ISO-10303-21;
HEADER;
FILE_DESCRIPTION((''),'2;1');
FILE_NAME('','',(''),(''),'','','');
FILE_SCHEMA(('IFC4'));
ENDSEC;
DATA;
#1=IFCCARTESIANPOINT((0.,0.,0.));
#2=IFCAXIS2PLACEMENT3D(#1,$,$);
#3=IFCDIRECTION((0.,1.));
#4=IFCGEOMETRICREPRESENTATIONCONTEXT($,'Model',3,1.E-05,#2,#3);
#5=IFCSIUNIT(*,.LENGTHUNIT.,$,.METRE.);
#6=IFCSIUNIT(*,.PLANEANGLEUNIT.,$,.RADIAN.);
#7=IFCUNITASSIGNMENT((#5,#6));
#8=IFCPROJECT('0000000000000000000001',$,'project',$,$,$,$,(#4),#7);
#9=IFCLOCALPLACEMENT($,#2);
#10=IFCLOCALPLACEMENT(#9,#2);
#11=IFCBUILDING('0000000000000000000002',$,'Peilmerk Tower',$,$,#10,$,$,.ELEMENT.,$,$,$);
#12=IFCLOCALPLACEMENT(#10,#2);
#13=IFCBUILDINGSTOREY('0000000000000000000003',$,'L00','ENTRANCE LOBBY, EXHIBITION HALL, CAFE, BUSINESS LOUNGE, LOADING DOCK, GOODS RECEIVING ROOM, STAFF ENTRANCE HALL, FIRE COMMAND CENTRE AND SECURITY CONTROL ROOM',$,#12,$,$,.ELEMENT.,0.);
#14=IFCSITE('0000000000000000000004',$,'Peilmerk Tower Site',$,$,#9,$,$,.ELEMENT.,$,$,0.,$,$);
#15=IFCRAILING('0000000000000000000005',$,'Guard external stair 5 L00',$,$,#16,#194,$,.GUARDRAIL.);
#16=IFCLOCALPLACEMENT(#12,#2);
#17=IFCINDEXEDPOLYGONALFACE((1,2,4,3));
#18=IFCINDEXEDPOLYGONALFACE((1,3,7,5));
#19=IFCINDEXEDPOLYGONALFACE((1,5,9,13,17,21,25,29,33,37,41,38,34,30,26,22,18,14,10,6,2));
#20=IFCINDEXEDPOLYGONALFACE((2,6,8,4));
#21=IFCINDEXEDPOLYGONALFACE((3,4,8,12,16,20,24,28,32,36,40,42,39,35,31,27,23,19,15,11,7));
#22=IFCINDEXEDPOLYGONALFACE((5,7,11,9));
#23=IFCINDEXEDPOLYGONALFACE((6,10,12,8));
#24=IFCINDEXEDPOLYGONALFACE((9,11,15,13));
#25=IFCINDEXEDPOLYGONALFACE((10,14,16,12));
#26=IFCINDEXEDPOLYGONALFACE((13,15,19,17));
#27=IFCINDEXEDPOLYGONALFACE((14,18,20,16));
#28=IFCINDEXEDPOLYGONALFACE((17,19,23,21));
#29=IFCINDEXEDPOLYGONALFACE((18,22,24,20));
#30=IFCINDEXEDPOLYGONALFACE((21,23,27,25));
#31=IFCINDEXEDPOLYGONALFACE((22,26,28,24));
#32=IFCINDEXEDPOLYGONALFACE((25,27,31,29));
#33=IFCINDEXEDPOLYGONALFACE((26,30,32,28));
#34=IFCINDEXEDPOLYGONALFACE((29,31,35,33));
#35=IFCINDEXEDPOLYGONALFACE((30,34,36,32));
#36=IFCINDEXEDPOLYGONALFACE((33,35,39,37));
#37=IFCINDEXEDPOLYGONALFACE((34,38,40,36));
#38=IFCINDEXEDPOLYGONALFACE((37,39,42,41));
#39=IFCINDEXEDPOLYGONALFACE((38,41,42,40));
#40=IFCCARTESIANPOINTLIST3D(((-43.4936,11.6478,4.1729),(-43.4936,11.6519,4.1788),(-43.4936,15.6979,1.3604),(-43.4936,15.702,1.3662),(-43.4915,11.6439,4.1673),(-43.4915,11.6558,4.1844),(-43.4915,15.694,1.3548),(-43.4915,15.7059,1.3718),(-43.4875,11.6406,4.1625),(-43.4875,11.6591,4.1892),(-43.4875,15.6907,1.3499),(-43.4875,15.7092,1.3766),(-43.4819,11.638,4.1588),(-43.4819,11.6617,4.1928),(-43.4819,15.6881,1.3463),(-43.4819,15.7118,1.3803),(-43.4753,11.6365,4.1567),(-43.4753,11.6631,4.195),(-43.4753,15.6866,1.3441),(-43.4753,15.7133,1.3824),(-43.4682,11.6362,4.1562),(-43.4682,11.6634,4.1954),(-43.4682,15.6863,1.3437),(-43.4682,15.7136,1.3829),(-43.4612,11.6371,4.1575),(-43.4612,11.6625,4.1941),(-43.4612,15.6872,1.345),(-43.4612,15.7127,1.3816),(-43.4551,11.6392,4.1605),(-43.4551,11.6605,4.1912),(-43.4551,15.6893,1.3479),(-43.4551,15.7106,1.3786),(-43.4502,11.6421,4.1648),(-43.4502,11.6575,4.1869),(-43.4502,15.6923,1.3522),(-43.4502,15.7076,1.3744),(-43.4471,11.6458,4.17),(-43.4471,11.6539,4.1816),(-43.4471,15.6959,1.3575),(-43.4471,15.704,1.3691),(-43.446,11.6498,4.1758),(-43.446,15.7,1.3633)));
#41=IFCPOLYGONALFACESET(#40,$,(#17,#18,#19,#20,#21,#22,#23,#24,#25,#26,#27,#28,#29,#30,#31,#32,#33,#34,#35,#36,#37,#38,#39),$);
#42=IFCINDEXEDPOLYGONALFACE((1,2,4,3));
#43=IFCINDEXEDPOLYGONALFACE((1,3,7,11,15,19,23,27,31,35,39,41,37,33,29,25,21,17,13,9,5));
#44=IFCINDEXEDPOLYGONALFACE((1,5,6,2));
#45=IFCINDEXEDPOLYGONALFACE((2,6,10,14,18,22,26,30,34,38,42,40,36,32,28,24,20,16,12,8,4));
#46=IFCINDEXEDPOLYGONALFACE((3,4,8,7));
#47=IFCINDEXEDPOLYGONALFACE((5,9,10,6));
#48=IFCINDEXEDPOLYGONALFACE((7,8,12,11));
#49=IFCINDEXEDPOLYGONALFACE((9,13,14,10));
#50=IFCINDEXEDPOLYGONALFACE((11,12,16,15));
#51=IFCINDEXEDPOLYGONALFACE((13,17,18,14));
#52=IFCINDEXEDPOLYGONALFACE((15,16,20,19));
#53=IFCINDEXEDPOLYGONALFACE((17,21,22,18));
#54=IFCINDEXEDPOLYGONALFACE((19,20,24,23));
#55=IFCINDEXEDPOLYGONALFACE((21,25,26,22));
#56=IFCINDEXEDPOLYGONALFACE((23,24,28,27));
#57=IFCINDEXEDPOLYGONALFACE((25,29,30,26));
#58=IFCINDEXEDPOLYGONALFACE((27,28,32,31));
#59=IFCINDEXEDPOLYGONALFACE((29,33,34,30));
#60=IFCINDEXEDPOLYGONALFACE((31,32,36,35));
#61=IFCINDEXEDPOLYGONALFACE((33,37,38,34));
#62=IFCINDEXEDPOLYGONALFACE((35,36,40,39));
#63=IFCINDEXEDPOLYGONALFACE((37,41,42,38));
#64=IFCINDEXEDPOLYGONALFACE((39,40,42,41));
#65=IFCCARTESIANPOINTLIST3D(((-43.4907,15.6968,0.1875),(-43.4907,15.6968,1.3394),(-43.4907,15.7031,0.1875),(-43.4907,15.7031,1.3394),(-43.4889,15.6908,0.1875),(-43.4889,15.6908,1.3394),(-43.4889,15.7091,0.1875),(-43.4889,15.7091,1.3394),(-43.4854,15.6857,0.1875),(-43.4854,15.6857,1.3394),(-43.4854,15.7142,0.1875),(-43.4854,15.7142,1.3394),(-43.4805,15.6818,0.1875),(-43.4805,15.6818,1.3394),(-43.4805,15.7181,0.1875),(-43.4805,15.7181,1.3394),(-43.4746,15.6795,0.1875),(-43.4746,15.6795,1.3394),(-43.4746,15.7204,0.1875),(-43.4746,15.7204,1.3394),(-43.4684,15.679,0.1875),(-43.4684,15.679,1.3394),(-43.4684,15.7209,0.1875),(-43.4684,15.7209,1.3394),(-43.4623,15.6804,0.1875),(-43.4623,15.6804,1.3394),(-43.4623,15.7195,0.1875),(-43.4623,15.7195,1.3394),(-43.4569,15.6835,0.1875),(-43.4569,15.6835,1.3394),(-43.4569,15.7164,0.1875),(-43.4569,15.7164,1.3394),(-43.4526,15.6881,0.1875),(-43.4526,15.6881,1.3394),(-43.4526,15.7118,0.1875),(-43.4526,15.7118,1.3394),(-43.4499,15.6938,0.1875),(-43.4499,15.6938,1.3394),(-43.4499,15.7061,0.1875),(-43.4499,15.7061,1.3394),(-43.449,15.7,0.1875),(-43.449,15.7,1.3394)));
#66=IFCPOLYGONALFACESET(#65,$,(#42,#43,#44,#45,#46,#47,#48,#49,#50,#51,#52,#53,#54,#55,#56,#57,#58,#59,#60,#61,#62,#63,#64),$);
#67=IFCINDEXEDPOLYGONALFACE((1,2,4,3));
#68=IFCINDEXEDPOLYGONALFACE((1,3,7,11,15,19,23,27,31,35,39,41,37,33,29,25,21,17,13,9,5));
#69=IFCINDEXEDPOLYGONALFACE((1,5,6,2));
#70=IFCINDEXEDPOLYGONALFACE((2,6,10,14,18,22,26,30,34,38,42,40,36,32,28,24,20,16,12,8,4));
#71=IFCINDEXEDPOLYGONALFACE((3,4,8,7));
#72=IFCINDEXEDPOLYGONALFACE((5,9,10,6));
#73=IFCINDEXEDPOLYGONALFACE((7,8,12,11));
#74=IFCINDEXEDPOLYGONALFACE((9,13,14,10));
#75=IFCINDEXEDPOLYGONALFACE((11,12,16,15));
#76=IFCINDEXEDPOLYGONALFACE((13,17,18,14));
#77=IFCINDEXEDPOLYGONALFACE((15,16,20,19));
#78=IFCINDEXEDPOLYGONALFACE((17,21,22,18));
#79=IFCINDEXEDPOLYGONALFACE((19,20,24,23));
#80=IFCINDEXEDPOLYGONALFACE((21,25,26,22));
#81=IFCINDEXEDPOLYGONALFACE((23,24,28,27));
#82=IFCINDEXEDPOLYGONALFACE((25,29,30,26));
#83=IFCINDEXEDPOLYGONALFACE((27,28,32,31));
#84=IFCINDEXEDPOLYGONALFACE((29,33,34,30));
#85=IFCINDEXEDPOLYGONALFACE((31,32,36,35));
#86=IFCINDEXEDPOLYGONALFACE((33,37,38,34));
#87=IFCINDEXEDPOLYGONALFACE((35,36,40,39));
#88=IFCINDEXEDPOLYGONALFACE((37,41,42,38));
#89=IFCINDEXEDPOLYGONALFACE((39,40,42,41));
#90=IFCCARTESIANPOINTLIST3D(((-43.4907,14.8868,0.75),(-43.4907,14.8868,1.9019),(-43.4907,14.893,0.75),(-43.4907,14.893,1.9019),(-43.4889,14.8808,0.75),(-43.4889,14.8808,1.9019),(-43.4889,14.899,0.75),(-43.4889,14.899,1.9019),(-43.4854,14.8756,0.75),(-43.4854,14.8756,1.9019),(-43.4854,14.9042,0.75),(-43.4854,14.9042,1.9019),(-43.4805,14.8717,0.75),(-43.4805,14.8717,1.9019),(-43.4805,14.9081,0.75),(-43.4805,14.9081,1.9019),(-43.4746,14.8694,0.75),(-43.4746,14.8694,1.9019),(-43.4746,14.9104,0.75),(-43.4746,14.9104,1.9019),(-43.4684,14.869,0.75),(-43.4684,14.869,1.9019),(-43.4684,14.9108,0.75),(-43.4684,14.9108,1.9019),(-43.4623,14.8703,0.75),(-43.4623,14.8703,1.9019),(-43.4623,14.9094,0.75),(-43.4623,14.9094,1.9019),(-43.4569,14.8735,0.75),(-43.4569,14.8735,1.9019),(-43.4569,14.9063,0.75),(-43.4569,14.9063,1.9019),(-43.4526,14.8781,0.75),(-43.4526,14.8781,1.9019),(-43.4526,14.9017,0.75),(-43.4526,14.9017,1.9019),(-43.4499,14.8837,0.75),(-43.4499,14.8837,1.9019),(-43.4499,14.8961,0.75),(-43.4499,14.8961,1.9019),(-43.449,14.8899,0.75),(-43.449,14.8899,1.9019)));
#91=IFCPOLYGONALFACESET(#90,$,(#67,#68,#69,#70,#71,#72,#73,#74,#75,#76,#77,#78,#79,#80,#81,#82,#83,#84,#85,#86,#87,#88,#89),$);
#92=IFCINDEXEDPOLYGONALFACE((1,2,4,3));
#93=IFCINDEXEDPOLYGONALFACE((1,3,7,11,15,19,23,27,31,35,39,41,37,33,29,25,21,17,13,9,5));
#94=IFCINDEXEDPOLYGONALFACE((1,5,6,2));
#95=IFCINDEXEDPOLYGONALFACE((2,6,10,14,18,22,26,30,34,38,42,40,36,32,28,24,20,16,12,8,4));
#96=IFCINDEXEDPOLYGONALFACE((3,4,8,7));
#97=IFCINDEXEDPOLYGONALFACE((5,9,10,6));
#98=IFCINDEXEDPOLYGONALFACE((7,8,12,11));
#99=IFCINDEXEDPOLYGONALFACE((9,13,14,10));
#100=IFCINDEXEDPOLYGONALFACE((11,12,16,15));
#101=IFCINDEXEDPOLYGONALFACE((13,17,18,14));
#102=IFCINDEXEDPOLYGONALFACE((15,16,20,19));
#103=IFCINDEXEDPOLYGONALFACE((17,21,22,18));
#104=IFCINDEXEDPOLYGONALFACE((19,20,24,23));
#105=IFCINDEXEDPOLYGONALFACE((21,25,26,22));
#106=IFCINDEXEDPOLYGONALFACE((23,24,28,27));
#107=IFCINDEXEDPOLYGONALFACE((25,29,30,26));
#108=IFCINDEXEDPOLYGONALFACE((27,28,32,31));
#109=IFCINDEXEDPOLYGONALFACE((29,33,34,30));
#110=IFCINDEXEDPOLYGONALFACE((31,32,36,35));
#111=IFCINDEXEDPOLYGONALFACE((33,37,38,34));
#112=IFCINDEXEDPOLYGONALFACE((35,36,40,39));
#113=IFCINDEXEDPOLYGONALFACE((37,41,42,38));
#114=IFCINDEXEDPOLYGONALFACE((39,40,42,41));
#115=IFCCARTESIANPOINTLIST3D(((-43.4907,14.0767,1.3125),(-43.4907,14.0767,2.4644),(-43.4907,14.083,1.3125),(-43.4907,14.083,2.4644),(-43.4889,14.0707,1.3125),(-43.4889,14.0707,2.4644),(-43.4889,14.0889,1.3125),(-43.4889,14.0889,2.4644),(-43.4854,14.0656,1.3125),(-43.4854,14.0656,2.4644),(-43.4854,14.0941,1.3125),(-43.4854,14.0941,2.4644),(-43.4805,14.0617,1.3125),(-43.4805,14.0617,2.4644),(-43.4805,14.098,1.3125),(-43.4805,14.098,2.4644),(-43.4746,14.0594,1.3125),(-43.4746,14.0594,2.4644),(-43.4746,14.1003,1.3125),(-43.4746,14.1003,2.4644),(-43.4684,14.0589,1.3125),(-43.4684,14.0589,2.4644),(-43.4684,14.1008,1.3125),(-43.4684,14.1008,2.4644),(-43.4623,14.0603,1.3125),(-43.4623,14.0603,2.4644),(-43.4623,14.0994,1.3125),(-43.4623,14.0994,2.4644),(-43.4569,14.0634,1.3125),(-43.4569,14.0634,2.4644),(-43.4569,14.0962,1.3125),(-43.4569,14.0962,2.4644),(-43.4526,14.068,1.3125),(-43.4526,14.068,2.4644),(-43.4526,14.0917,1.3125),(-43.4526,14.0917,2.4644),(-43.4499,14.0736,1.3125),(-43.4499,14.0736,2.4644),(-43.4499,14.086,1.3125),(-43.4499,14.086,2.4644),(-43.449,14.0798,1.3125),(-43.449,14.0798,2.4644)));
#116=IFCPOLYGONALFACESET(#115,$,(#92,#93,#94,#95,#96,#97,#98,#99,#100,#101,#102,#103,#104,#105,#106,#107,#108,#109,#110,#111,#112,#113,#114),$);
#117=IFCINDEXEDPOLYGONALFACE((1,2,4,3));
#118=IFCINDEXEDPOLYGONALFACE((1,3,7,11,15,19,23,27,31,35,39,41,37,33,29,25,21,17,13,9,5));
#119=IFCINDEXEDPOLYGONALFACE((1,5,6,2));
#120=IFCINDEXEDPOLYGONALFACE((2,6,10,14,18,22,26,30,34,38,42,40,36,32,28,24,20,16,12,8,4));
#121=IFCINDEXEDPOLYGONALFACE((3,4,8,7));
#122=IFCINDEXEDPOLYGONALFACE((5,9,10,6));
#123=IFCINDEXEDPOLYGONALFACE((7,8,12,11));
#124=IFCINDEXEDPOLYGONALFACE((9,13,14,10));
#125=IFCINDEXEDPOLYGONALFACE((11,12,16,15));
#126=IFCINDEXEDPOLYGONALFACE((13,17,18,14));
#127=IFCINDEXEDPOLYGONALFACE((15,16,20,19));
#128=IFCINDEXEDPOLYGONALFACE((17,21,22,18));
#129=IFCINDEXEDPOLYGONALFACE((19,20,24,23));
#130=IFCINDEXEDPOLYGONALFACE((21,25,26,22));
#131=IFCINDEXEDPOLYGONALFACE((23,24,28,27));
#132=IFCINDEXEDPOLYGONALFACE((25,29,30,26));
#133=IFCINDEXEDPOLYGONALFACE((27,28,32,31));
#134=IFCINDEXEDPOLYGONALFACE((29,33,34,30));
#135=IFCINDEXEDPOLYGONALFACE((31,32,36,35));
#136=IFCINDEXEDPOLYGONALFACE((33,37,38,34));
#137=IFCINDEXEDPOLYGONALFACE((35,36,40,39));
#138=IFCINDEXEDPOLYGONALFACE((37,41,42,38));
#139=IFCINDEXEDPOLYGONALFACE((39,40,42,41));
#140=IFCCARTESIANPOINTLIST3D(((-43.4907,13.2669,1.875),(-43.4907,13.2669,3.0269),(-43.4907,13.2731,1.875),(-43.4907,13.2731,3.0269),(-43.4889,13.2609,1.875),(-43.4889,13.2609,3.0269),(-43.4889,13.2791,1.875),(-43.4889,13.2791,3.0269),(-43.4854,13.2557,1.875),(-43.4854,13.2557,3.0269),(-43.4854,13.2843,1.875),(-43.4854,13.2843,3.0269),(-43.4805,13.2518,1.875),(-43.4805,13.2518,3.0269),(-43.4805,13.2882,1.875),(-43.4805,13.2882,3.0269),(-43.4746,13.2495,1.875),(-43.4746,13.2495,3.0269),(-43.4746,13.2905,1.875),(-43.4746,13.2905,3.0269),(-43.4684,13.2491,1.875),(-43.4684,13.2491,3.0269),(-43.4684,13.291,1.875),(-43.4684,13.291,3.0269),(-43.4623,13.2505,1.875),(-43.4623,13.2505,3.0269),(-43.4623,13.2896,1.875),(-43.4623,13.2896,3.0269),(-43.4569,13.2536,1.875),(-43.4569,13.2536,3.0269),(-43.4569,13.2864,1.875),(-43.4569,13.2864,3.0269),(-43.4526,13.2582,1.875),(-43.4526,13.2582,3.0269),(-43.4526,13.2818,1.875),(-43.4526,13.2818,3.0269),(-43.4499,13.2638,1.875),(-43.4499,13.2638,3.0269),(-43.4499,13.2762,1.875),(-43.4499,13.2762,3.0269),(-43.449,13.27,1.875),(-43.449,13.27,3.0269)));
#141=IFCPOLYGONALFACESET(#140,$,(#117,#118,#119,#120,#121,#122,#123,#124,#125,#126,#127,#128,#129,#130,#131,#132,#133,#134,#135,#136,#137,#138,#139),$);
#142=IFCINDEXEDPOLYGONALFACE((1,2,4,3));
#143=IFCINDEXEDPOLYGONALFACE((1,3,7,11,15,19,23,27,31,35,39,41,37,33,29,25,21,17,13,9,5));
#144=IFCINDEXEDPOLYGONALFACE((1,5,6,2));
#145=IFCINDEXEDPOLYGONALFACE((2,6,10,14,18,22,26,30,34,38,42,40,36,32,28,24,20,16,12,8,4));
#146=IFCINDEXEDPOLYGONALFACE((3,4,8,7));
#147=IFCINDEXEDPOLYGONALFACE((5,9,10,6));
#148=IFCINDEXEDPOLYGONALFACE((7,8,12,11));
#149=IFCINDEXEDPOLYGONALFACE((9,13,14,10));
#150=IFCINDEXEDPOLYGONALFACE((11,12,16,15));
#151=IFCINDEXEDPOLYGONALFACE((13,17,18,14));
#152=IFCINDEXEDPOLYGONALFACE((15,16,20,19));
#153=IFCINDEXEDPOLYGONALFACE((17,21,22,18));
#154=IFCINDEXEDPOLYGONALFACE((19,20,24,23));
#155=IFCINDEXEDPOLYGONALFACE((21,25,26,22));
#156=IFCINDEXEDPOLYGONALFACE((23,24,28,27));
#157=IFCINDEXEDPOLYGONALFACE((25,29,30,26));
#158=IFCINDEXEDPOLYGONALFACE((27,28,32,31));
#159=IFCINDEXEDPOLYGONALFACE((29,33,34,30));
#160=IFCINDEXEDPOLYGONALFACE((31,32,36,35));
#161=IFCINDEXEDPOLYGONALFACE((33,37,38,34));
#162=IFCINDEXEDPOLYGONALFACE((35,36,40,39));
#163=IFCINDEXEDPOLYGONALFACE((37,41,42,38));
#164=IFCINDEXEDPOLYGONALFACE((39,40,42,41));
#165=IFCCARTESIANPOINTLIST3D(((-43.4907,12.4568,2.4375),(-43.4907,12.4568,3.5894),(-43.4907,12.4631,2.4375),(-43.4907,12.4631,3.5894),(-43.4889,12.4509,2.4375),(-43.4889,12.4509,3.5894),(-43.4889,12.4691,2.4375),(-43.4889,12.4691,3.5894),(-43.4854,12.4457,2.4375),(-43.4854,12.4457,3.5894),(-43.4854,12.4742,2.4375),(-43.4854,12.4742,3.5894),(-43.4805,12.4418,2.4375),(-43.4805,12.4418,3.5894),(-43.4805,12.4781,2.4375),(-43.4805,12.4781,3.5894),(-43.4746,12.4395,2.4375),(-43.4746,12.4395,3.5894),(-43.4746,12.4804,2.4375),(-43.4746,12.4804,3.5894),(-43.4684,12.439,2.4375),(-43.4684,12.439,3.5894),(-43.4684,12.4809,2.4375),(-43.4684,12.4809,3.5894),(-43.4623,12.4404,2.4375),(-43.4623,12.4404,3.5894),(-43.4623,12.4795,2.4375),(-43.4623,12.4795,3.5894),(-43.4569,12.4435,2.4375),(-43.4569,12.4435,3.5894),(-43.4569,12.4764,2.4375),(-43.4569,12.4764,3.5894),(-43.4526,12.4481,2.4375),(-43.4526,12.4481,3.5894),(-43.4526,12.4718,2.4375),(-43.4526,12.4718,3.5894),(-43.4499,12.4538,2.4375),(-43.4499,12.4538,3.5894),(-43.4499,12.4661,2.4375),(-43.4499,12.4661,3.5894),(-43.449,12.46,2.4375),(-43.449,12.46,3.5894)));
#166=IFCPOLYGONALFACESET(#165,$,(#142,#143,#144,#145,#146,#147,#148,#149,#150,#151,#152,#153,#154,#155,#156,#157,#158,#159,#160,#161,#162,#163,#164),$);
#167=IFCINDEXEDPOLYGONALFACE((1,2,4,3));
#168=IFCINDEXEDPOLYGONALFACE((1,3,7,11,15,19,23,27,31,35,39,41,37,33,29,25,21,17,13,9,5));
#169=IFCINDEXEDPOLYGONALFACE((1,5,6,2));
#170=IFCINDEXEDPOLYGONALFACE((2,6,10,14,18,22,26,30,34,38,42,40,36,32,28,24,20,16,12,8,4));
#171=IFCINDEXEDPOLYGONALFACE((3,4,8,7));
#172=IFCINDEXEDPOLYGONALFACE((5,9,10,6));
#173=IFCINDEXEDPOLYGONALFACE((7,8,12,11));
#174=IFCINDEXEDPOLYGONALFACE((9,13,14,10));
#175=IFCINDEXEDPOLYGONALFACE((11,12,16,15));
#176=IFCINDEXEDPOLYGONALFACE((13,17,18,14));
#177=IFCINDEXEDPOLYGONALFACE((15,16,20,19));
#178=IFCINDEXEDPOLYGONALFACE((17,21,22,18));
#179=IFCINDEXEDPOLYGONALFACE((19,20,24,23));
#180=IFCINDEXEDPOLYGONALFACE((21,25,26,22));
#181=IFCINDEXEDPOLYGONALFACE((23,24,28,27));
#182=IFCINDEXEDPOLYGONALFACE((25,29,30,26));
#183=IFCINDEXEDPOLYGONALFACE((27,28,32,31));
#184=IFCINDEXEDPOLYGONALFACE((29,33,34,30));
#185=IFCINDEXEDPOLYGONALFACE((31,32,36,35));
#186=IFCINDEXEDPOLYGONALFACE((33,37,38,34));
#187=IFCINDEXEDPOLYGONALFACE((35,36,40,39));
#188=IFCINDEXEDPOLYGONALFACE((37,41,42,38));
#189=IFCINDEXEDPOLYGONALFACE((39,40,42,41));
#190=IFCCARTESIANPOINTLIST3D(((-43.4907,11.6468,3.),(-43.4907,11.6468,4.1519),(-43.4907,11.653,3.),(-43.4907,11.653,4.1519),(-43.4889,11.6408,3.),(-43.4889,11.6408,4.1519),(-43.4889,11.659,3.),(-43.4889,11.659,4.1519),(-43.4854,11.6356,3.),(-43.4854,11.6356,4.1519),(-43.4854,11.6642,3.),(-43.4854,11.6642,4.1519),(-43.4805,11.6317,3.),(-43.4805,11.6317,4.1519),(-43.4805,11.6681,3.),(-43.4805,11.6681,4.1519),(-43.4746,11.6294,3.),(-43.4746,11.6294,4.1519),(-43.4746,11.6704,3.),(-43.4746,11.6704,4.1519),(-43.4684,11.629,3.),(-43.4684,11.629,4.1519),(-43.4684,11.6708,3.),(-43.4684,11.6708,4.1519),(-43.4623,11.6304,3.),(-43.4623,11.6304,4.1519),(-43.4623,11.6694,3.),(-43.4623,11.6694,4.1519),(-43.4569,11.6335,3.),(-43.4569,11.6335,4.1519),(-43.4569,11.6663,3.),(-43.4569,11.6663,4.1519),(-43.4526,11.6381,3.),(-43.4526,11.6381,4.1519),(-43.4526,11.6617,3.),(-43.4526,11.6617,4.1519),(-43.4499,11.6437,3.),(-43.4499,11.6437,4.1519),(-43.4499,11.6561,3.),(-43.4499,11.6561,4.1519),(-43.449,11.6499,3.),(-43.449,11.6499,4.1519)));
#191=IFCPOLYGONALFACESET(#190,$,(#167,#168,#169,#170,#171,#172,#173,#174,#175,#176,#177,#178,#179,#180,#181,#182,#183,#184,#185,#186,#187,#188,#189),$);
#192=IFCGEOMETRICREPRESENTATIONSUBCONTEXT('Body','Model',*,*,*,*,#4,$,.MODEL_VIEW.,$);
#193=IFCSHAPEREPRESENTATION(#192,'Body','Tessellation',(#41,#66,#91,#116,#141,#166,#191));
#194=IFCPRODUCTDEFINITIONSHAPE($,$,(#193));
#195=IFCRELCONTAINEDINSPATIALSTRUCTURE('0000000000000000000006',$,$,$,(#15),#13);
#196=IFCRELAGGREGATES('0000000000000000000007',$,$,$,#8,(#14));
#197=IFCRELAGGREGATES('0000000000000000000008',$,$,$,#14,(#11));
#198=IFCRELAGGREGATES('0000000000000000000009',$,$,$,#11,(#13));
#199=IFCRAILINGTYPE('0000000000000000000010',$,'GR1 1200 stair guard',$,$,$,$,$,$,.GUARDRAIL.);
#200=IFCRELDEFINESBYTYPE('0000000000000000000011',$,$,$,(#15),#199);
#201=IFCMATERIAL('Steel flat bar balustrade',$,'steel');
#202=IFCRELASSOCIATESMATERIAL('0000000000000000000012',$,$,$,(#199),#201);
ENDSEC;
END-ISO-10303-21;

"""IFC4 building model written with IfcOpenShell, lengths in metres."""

from ifc_helpers import new_model, si_unit, direction, frame, origin, origin_2d, place, context, subcontext, project, spatial, circle, extrude, material, type_object, element, save


model = new_model("IFC4")

# Units and contexts
model_context = context("Model", 3, precision=1e-05, world=origin(), true_north=direction((0.0, 1.0)))
body_context = subcontext(model_context, "Body", "Model", "MODEL_VIEW")
ifc_project = project(units=[si_unit("LENGTHUNIT", "METRE"), si_unit("PLANEANGLEUNIT", "RADIAN")], contexts=[model_context])

# Site, building, storey
site_placement = place(None, origin())
site = spatial("IfcSite", under=ifc_project, at=site_placement, Name="Peilmerk Tower Site", CompositionType="ELEMENT", RefElevation=0.0)
building_placement = place(site_placement, origin())
building = spatial("IfcBuilding", under=site, at=building_placement, Name="Peilmerk Tower", CompositionType="ELEMENT")
storey_placement = place(building_placement, origin())
storey = spatial("IfcBuildingStorey", under=building, at=storey_placement, Name="L00", Description="ENTRANCE LOBBY, EXHIBITION HALL, CAFE, BUSINESS LOUNGE, LOADING DOCK, GOODS RECEIVING ROOM, STAFF ENTRANCE HALL, FIRE COMMAND CENTRE AND SECURITY CONTROL ROOM", CompositionType="ELEMENT", Elevation=0.0)

# Railing
ifc_material_1 = material(Name="Steel flat bar balustrade", Category="steel")
railing_type_1 = type_object("IfcRailingType", Name="GR1 1200 stair guard", PredefinedType="GUARDRAIL", material=ifc_material_1)
for number, where, name in (
    (1, (-43.47, 15.7, 0.1875), "Guard external stair 5 L00"),
):
    element("IfcRailing", number, at=place(storey_placement, frame(where)), inside=storey, type_object=railing_type_1, Name=name, PredefinedType="GUARDRAIL", context=body_context, shape_type="SweptSolid", body=[
        extrude(circle(Radius=0.0239, at=origin_2d()), frame((0.0, 0.0, 1.1758), z_axis=(0.0, -0.821373, 0.570391), x_axis=(1.0, 0.0, 0.0)), (0.0, 0.0, 1.0), 4.9309),
        extrude(circle(Radius=0.021, at=origin_2d()), origin(), (0.0, 0.0, 1.0), 1.1519),
        extrude(circle(Radius=0.021, at=origin_2d()), frame((0.0, -0.8101, 0.5625)), (0.0, 0.0, 1.0), 1.1519),
        extrude(circle(Radius=0.021, at=origin_2d()), frame((0.0, -1.6201, 1.125)), (0.0, 0.0, 1.0), 1.1519),
        extrude(circle(Radius=0.021, at=origin_2d()), frame((0.0, -2.4299, 1.6875)), (0.0, 0.0, 1.0), 1.1519),
        extrude(circle(Radius=0.021, at=origin_2d()), frame((0.0, -3.24, 2.25)), (0.0, 0.0, 1.0), 1.1519),
        extrude(circle(Radius=0.021, at=origin_2d()), frame((0.0, -4.05, 2.8125)), (0.0, 0.0, 1.0), 1.1519),
    ])

save(model, "model.ifc")
